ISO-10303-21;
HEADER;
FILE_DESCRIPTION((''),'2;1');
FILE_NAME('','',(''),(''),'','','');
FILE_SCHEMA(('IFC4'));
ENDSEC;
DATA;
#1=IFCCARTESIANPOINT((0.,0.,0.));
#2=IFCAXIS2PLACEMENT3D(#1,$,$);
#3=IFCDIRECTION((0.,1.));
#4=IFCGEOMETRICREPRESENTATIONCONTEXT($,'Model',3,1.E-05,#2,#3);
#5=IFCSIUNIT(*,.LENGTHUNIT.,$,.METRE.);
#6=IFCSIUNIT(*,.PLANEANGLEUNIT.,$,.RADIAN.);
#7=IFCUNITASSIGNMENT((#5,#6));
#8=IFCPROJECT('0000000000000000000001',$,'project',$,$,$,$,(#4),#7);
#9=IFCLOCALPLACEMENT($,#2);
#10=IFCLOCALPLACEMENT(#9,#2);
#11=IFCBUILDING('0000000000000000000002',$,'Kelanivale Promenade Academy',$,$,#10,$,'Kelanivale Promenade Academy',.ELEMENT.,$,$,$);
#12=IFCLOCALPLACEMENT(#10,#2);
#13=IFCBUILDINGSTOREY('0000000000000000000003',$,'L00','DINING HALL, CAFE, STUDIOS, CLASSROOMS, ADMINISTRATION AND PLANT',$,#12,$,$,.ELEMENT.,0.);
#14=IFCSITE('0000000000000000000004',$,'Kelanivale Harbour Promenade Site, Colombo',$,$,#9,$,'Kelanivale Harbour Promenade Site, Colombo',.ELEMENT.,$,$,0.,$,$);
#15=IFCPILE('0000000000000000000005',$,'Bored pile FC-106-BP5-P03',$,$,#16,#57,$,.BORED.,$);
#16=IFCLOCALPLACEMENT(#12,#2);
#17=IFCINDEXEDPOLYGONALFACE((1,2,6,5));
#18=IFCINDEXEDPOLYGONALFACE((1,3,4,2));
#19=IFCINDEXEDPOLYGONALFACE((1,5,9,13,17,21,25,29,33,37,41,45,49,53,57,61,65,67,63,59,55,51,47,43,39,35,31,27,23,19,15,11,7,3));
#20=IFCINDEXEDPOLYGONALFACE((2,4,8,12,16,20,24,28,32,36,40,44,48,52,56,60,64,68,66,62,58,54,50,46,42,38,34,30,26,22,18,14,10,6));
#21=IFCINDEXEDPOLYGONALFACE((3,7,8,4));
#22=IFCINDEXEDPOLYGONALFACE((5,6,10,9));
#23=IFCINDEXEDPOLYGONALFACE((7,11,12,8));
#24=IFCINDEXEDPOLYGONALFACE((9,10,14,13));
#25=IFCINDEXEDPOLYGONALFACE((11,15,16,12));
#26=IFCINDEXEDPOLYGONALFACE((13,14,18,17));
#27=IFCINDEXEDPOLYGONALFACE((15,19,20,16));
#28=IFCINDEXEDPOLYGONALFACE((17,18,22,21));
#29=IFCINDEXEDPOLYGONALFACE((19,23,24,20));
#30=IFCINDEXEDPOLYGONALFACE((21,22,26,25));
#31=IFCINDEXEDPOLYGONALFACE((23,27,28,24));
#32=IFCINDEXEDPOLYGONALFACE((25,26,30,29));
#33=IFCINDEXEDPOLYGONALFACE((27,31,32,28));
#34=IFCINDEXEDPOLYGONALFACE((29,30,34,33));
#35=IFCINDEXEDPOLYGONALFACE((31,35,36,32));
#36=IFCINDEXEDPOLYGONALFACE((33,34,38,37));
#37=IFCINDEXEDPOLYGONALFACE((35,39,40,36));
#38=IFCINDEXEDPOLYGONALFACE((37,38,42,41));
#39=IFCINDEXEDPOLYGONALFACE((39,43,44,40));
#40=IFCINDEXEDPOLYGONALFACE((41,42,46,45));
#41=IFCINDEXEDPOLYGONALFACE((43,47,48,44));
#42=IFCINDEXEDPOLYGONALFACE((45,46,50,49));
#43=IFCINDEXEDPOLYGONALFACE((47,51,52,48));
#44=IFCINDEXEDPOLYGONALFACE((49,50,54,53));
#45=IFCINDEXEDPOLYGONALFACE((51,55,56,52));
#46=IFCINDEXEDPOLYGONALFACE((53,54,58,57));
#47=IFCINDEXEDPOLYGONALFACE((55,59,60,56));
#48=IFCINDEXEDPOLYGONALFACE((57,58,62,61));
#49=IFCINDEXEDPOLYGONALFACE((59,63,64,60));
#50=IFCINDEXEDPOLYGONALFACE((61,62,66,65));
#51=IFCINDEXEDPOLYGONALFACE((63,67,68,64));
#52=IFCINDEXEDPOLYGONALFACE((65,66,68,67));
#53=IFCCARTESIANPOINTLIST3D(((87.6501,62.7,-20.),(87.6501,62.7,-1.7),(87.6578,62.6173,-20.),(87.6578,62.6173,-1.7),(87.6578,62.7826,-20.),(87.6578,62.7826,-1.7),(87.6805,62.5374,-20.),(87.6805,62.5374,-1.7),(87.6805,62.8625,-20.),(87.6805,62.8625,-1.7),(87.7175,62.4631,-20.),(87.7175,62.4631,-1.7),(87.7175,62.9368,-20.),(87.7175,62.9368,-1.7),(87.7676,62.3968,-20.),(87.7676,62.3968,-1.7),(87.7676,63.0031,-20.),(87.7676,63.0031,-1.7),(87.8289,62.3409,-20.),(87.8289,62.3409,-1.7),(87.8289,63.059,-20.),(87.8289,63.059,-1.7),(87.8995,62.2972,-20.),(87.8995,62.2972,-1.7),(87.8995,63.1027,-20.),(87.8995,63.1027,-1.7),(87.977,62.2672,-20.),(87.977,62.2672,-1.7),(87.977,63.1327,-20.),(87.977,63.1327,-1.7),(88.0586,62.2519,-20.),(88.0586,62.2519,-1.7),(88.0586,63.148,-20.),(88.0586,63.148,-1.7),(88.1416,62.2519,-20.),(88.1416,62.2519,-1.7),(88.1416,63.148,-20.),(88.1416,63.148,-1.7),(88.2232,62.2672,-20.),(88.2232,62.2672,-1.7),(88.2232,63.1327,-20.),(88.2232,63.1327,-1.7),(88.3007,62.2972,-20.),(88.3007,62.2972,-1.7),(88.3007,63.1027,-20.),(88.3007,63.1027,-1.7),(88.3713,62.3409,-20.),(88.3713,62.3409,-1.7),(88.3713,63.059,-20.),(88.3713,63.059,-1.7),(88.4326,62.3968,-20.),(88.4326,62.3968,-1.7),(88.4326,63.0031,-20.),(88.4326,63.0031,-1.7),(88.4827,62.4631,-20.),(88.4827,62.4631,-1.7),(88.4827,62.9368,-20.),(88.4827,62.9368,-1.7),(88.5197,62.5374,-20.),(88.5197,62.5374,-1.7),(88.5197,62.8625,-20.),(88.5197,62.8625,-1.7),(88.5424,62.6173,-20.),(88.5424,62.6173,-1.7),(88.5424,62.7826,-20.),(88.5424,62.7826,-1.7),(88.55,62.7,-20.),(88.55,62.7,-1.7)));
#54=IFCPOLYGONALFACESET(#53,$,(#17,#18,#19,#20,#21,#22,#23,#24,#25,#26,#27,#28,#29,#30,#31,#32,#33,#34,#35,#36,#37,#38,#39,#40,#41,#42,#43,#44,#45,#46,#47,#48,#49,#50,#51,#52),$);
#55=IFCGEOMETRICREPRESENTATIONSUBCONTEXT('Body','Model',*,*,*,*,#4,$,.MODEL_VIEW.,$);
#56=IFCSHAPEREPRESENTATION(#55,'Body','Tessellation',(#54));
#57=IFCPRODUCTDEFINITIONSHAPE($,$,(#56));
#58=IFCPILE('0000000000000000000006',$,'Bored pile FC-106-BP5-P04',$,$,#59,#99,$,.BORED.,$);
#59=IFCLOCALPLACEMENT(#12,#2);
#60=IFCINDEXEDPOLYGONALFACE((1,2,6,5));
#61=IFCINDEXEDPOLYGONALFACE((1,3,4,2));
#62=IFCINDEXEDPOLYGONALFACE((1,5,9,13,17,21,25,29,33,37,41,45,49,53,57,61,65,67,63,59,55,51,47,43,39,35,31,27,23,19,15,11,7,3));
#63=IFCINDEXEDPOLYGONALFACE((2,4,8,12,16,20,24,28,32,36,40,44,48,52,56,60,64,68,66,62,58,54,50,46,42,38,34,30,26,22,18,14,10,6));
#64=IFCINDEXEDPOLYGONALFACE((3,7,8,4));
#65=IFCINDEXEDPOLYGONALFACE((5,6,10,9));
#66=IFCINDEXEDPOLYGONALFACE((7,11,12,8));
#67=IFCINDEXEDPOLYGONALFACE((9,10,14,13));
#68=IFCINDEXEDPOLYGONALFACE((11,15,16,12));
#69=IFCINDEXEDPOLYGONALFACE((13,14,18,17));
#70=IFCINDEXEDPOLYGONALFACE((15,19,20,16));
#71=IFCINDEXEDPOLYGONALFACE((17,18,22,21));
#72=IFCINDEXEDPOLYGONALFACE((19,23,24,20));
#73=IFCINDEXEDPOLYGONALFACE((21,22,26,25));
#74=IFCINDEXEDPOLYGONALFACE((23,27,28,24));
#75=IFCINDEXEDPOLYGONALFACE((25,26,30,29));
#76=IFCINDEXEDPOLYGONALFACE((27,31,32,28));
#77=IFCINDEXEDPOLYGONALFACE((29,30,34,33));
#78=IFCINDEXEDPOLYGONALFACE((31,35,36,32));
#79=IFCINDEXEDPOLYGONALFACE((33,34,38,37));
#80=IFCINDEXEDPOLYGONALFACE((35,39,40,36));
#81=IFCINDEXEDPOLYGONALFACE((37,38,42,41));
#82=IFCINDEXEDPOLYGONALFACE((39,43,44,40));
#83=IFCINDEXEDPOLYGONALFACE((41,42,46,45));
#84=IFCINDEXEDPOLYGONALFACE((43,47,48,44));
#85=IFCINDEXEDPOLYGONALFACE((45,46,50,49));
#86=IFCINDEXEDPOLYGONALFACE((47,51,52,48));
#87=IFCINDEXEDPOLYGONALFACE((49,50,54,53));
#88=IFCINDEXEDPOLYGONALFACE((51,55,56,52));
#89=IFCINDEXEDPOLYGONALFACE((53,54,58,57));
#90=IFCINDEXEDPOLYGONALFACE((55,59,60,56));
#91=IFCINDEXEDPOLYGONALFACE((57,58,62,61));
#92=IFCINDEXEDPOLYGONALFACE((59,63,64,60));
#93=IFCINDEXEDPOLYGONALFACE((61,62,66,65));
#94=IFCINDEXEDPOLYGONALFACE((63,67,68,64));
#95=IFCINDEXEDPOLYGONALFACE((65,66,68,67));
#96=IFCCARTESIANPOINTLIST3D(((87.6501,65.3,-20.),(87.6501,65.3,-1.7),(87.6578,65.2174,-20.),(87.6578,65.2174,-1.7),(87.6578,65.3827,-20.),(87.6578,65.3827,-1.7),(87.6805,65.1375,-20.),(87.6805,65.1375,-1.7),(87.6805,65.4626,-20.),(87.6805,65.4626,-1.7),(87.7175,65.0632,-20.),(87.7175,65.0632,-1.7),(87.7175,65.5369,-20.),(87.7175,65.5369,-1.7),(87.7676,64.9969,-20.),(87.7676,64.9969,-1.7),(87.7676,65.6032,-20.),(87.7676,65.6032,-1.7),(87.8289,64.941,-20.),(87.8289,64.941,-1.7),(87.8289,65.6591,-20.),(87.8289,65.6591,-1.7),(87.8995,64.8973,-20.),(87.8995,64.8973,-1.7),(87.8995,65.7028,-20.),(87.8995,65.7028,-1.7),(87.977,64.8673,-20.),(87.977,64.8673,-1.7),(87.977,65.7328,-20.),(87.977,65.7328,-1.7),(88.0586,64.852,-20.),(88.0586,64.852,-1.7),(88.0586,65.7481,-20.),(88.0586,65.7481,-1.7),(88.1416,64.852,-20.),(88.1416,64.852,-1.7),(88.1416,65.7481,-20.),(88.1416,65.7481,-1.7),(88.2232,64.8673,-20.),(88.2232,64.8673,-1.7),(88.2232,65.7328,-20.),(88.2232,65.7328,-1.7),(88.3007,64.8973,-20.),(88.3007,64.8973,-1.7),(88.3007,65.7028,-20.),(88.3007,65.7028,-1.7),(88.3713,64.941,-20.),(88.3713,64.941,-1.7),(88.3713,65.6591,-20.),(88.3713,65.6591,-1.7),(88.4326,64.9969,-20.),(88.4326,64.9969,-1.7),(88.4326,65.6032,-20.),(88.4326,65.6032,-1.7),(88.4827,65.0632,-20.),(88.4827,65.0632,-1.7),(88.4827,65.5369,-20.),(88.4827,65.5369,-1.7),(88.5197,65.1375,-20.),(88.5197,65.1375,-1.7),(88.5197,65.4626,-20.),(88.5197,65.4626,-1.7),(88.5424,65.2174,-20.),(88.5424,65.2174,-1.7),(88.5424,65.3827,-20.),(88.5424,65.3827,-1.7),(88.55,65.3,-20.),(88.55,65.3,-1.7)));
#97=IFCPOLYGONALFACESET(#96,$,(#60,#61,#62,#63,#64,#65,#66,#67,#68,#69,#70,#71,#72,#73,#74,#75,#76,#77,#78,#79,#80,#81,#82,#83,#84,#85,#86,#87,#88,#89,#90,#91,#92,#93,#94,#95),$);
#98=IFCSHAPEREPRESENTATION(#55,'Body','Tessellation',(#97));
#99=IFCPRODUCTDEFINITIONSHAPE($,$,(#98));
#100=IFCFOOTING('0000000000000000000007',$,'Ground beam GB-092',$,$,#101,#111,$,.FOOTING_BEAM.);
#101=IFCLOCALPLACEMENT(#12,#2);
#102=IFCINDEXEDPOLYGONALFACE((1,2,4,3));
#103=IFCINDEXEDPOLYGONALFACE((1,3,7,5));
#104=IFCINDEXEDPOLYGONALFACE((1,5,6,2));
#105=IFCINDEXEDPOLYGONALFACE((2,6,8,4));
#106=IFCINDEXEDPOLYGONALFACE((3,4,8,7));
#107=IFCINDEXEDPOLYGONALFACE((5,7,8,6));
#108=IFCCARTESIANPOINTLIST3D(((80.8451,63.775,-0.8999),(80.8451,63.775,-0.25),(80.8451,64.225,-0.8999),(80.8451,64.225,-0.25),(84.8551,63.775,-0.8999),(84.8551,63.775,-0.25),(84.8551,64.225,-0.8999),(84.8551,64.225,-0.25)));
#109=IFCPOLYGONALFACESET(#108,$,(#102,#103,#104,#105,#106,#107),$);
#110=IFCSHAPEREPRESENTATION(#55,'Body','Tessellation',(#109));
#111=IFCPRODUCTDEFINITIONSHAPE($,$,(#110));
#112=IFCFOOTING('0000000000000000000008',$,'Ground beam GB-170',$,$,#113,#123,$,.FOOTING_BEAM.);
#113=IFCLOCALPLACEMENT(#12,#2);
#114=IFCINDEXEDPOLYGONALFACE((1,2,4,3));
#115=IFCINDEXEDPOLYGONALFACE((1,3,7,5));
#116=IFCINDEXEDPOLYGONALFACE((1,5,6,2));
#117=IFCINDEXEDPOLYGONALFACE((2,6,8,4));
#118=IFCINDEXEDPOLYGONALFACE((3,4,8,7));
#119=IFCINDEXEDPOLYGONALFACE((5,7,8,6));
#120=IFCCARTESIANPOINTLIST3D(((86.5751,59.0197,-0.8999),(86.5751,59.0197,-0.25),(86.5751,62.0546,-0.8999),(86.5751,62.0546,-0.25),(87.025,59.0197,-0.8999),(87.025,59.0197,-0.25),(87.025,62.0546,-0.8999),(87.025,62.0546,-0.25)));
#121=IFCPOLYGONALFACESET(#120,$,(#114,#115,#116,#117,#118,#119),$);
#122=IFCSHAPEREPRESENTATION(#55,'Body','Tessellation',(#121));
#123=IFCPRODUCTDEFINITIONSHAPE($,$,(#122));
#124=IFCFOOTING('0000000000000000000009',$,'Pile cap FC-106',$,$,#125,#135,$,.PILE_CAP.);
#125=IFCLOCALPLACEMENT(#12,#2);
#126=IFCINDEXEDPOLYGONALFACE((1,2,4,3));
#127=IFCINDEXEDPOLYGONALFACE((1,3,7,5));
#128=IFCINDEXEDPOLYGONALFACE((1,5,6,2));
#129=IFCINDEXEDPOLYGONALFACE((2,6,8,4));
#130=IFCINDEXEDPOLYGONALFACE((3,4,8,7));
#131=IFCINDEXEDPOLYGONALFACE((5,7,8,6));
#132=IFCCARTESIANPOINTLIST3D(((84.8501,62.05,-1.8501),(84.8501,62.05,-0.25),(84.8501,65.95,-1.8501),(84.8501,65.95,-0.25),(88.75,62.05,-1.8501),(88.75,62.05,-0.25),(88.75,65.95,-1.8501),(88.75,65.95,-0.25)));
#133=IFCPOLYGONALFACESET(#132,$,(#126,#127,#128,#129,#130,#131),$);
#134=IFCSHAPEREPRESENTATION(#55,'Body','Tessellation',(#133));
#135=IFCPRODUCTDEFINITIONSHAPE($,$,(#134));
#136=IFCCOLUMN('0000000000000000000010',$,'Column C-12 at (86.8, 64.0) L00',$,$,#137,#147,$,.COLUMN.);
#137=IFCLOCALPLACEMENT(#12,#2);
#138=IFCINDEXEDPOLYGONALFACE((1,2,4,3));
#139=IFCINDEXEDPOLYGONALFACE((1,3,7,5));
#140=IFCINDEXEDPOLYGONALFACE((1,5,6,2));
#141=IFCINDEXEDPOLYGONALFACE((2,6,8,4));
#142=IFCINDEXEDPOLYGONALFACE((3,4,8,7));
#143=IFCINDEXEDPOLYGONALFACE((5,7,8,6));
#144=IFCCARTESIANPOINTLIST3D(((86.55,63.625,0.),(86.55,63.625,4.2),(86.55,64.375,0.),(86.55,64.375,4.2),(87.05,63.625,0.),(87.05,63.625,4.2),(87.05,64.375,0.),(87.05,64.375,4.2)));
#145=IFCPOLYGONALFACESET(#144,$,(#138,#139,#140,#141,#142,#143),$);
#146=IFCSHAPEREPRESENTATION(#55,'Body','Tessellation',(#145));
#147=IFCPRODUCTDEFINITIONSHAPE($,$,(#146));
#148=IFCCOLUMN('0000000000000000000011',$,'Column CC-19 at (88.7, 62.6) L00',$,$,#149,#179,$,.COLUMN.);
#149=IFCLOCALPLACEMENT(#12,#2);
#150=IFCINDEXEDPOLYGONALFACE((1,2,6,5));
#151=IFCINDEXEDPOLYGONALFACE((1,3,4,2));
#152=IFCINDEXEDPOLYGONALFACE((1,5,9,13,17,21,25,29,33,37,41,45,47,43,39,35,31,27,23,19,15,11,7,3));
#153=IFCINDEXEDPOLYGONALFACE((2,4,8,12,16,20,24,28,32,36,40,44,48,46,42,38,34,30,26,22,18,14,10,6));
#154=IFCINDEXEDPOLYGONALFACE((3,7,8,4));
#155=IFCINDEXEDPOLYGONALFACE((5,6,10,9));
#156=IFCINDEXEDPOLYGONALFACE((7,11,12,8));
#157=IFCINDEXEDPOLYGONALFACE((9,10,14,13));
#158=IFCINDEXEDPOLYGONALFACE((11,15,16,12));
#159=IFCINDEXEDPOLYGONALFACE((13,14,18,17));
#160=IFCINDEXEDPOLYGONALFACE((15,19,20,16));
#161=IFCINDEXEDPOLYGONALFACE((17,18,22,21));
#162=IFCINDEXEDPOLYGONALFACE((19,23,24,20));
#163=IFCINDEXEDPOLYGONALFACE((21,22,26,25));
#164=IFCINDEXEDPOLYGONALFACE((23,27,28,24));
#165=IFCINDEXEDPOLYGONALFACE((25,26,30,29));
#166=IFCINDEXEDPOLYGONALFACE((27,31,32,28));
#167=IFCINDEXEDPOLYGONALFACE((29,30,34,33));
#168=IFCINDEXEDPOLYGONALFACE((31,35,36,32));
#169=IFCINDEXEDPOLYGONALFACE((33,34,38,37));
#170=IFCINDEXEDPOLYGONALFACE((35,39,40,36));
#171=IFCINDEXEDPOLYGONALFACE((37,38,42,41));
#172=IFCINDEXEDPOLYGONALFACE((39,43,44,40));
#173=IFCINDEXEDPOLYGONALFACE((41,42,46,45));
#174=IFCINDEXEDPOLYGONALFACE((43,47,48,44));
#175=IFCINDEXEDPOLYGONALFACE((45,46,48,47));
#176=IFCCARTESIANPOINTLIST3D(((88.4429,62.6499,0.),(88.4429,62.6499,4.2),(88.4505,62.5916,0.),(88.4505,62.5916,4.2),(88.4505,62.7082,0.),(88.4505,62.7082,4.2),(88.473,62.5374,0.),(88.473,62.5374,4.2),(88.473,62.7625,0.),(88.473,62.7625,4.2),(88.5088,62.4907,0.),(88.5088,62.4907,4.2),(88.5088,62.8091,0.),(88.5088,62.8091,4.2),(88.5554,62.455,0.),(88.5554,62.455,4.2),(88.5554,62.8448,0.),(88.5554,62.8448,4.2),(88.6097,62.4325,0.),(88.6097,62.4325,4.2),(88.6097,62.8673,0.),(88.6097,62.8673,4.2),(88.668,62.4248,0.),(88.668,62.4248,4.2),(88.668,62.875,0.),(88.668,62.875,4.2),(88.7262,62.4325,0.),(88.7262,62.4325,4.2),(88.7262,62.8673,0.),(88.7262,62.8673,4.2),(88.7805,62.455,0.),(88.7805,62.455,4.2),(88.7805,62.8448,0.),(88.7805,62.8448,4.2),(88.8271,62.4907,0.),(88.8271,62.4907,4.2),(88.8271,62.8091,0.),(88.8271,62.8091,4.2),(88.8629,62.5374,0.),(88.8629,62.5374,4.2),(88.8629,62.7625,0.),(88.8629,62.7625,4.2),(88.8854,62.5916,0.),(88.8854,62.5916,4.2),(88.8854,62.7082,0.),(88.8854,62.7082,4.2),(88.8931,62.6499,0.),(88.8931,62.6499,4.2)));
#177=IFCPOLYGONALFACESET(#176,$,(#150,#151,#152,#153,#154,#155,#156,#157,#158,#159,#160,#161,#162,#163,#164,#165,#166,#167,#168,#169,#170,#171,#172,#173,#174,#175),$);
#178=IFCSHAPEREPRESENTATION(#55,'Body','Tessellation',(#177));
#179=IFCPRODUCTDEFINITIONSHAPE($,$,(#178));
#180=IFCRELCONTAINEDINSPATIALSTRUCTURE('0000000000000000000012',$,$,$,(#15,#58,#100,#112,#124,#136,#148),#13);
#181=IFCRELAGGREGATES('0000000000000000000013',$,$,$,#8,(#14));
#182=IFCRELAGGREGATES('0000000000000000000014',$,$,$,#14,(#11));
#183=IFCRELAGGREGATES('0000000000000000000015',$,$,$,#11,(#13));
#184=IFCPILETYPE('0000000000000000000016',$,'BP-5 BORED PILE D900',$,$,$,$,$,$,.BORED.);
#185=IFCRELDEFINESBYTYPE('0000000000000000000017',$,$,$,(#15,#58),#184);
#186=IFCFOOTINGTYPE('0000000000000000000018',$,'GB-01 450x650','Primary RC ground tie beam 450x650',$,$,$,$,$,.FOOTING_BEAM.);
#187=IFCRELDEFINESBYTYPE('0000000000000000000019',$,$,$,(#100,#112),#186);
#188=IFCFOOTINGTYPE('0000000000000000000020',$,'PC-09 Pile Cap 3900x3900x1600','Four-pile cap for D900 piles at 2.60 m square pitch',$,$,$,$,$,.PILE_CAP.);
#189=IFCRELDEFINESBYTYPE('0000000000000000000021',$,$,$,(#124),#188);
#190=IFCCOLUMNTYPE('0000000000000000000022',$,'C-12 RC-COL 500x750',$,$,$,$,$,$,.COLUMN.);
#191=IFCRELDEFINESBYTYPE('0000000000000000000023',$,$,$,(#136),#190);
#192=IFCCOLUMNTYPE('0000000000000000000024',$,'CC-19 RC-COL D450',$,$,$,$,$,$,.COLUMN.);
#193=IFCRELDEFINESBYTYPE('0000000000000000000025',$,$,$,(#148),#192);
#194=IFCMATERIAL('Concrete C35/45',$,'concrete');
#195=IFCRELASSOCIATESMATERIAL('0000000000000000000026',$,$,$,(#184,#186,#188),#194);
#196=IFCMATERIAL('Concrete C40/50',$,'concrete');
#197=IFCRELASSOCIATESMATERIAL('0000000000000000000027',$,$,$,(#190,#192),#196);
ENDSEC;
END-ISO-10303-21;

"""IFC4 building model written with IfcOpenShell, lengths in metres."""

from ifc_helpers import new_model, si_unit, direction, frame, origin, origin_2d, place, context, subcontext, project, spatial, rectangle, circle, extrude, material, material_profile, profile_set, type_object, element, save


model = new_model("IFC4")

# Units and contexts
model_context = context("Model", 3, precision=1e-05, world=origin(), true_north=direction((0.0, 1.0)))
body_context = subcontext(model_context, "Body", "Model", "MODEL_VIEW")
ifc_project = project(units=[si_unit("LENGTHUNIT", "METRE"), si_unit("PLANEANGLEUNIT", "RADIAN")], contexts=[model_context])

# Site, building, storey
site_placement = place(None, origin())
site = spatial("IfcSite", under=ifc_project, at=site_placement, Name="Kelanivale Harbour Promenade Site, Colombo", LongName="Kelanivale Harbour Promenade Site, Colombo", CompositionType="ELEMENT", RefElevation=0.0)
building_placement = place(site_placement, origin())
building = spatial("IfcBuilding", under=site, at=building_placement, Name="Kelanivale Promenade Academy", LongName="Kelanivale Promenade Academy", CompositionType="ELEMENT")
storey_placement = place(building_placement, origin())
storey = spatial("IfcBuildingStorey", under=building, at=storey_placement, Name="L00", Description="DINING HALL, CAFE, STUDIOS, CLASSROOMS, ADMINISTRATION AND PLANT", CompositionType="ELEMENT", Elevation=0.0)

# Piles
ifc_material_1 = material(Name="Concrete C35/45", Category="concrete")
ifc_material_profile_1 = material_profile(ifc_material_1, circle(Radius=0.45, at=origin_2d()), Name="BORED PILE D900")
ifc_profile_set_1 = profile_set([ifc_material_profile_1], Name="Concrete C35/45")
pile_type_1 = type_object("IfcPileType", Name="BP-5 BORED PILE D900", PredefinedType="BORED", material=ifc_profile_set_1)
for number, where, z_axis, x_axis, name in (
    (1, (88.1001, 62.7, -1.7), (0.0, 0.0, -1.0), (1.0, 0.0, 0.0), "Bored pile FC-106-BP5-P03"),
    (2, (88.1001, 65.3, -1.7), (0.0, 0.0, -1.0), (1.0, 0.0, 0.0), "Bored pile FC-106-BP5-P04"),
):
    element("IfcPile", number, at=place(storey_placement, frame(where, z_axis=z_axis, x_axis=x_axis)), inside=storey, type_object=pile_type_1, Name=name, PredefinedType="BORED", context=body_context, shape_type="SweptSolid", body=[
        extrude(circle(Radius=0.45, at=origin_2d()), origin(), (0.0, 0.0, 1.0), 18.3),
    ])

# Footings
footing_type_1 = type_object("IfcFootingType", Name="GB-01 450x650", Description="Primary RC ground tie beam 450x650", PredefinedType="FOOTING_BEAM", material=ifc_material_1)
footing_1_placement = place(storey_placement, frame((82.8501, 64.0, -0.8999), z_axis=(0.0, 0.0, 1.0), x_axis=(1.0, 0.0, 0.0)))
element("IfcFooting", 3, at=footing_1_placement, inside=storey, type_object=footing_type_1, Name="Ground beam GB-092", PredefinedType="FOOTING_BEAM", context=body_context, shape_type="SweptSolid", body=[
    extrude(rectangle(XDim=4.01, YDim=0.45, at=origin_2d()), origin(), (0.0, 0.0, 1.0), 0.6499),
])
footing_2_placement = place(storey_placement, frame((86.8, 60.5371, -0.8999), z_axis=(0.0, 0.0, 1.0), x_axis=(0.0, 1.0, 0.0)))
element("IfcFooting", 4, at=footing_2_placement, inside=storey, type_object=footing_type_1, Name="Ground beam GB-170", PredefinedType="FOOTING_BEAM", context=body_context, shape_type="SweptSolid", body=[
    extrude(rectangle(XDim=3.0349, YDim=0.45, at=origin_2d()), origin(), (0.0, 0.0, 1.0), 0.6499),
])
footing_type_2 = type_object("IfcFootingType", Name="PC-09 Pile Cap 3900x3900x1600", Description="Four-pile cap for D900 piles at 2.60 m square pitch", PredefinedType="PILE_CAP", material=ifc_material_1)
footing_3_placement = place(storey_placement, frame((86.8, 64.0, -1.8501), z_axis=(0.0, 0.0, 1.0), x_axis=(1.0, 0.0, 0.0)))
element("IfcFooting", 5, at=footing_3_placement, inside=storey, type_object=footing_type_2, Name="Pile cap FC-106", PredefinedType="PILE_CAP", context=body_context, shape_type="SweptSolid", body=[
    extrude(rectangle(XDim=3.8999, YDim=3.8999, at=origin_2d()), origin(), (0.0, 0.0, 1.0), 1.6001),
])

# Columns
ifc_material_2 = material(Name="Concrete C40/50", Category="concrete")
ifc_material_profile_2 = material_profile(ifc_material_2, rectangle(XDim=0.5, YDim=0.75, at=origin_2d()), Name="RC-COL 500x750")
ifc_profile_set_2 = profile_set([ifc_material_profile_2], Name="Concrete C40/50")
column_type_1 = type_object("IfcColumnType", Name="C-12 RC-COL 500x750", PredefinedType="COLUMN", material=ifc_profile_set_2)
column_1_placement = place(storey_placement, frame((86.8, 64.0, 0.0), z_axis=(0.0, 0.0, 1.0), x_axis=(1.0, 0.0, 0.0)))
element("IfcColumn", 6, at=column_1_placement, inside=storey, type_object=column_type_1, Name="Column C-12 at (86.8, 64.0) L00", PredefinedType="COLUMN", context=body_context, shape_type="SweptSolid", body=[
    extrude(rectangle(XDim=0.5, YDim=0.75, at=origin_2d()), origin(), (0.0, 0.0, 1.0), 4.2),
])
ifc_material_profile_3 = material_profile(ifc_material_2, circle(Radius=0.2251, at=origin_2d()), Name="RC-COL D450")
ifc_profile_set_3 = profile_set([ifc_material_profile_3], Name="Concrete C40/50")
column_type_2 = type_object("IfcColumnType", Name="CC-19 RC-COL D450", PredefinedType="COLUMN", material=ifc_profile_set_3)
column_2_placement = place(storey_placement, frame((88.668, 62.6499, 0.0), z_axis=(0.0, 0.0, 1.0), x_axis=(1.0, 0.0, 0.0)))
element("IfcColumn", 7, at=column_2_placement, inside=storey, type_object=column_type_2, Name="Column CC-19 at (88.7, 62.6) L00", PredefinedType="COLUMN", context=body_context, shape_type="SweptSolid", body=[
    extrude(circle(Radius=0.2251, at=origin_2d()), origin(), (0.0, 0.0, 1.0), 4.2),
])

save(model, "model.ifc")
